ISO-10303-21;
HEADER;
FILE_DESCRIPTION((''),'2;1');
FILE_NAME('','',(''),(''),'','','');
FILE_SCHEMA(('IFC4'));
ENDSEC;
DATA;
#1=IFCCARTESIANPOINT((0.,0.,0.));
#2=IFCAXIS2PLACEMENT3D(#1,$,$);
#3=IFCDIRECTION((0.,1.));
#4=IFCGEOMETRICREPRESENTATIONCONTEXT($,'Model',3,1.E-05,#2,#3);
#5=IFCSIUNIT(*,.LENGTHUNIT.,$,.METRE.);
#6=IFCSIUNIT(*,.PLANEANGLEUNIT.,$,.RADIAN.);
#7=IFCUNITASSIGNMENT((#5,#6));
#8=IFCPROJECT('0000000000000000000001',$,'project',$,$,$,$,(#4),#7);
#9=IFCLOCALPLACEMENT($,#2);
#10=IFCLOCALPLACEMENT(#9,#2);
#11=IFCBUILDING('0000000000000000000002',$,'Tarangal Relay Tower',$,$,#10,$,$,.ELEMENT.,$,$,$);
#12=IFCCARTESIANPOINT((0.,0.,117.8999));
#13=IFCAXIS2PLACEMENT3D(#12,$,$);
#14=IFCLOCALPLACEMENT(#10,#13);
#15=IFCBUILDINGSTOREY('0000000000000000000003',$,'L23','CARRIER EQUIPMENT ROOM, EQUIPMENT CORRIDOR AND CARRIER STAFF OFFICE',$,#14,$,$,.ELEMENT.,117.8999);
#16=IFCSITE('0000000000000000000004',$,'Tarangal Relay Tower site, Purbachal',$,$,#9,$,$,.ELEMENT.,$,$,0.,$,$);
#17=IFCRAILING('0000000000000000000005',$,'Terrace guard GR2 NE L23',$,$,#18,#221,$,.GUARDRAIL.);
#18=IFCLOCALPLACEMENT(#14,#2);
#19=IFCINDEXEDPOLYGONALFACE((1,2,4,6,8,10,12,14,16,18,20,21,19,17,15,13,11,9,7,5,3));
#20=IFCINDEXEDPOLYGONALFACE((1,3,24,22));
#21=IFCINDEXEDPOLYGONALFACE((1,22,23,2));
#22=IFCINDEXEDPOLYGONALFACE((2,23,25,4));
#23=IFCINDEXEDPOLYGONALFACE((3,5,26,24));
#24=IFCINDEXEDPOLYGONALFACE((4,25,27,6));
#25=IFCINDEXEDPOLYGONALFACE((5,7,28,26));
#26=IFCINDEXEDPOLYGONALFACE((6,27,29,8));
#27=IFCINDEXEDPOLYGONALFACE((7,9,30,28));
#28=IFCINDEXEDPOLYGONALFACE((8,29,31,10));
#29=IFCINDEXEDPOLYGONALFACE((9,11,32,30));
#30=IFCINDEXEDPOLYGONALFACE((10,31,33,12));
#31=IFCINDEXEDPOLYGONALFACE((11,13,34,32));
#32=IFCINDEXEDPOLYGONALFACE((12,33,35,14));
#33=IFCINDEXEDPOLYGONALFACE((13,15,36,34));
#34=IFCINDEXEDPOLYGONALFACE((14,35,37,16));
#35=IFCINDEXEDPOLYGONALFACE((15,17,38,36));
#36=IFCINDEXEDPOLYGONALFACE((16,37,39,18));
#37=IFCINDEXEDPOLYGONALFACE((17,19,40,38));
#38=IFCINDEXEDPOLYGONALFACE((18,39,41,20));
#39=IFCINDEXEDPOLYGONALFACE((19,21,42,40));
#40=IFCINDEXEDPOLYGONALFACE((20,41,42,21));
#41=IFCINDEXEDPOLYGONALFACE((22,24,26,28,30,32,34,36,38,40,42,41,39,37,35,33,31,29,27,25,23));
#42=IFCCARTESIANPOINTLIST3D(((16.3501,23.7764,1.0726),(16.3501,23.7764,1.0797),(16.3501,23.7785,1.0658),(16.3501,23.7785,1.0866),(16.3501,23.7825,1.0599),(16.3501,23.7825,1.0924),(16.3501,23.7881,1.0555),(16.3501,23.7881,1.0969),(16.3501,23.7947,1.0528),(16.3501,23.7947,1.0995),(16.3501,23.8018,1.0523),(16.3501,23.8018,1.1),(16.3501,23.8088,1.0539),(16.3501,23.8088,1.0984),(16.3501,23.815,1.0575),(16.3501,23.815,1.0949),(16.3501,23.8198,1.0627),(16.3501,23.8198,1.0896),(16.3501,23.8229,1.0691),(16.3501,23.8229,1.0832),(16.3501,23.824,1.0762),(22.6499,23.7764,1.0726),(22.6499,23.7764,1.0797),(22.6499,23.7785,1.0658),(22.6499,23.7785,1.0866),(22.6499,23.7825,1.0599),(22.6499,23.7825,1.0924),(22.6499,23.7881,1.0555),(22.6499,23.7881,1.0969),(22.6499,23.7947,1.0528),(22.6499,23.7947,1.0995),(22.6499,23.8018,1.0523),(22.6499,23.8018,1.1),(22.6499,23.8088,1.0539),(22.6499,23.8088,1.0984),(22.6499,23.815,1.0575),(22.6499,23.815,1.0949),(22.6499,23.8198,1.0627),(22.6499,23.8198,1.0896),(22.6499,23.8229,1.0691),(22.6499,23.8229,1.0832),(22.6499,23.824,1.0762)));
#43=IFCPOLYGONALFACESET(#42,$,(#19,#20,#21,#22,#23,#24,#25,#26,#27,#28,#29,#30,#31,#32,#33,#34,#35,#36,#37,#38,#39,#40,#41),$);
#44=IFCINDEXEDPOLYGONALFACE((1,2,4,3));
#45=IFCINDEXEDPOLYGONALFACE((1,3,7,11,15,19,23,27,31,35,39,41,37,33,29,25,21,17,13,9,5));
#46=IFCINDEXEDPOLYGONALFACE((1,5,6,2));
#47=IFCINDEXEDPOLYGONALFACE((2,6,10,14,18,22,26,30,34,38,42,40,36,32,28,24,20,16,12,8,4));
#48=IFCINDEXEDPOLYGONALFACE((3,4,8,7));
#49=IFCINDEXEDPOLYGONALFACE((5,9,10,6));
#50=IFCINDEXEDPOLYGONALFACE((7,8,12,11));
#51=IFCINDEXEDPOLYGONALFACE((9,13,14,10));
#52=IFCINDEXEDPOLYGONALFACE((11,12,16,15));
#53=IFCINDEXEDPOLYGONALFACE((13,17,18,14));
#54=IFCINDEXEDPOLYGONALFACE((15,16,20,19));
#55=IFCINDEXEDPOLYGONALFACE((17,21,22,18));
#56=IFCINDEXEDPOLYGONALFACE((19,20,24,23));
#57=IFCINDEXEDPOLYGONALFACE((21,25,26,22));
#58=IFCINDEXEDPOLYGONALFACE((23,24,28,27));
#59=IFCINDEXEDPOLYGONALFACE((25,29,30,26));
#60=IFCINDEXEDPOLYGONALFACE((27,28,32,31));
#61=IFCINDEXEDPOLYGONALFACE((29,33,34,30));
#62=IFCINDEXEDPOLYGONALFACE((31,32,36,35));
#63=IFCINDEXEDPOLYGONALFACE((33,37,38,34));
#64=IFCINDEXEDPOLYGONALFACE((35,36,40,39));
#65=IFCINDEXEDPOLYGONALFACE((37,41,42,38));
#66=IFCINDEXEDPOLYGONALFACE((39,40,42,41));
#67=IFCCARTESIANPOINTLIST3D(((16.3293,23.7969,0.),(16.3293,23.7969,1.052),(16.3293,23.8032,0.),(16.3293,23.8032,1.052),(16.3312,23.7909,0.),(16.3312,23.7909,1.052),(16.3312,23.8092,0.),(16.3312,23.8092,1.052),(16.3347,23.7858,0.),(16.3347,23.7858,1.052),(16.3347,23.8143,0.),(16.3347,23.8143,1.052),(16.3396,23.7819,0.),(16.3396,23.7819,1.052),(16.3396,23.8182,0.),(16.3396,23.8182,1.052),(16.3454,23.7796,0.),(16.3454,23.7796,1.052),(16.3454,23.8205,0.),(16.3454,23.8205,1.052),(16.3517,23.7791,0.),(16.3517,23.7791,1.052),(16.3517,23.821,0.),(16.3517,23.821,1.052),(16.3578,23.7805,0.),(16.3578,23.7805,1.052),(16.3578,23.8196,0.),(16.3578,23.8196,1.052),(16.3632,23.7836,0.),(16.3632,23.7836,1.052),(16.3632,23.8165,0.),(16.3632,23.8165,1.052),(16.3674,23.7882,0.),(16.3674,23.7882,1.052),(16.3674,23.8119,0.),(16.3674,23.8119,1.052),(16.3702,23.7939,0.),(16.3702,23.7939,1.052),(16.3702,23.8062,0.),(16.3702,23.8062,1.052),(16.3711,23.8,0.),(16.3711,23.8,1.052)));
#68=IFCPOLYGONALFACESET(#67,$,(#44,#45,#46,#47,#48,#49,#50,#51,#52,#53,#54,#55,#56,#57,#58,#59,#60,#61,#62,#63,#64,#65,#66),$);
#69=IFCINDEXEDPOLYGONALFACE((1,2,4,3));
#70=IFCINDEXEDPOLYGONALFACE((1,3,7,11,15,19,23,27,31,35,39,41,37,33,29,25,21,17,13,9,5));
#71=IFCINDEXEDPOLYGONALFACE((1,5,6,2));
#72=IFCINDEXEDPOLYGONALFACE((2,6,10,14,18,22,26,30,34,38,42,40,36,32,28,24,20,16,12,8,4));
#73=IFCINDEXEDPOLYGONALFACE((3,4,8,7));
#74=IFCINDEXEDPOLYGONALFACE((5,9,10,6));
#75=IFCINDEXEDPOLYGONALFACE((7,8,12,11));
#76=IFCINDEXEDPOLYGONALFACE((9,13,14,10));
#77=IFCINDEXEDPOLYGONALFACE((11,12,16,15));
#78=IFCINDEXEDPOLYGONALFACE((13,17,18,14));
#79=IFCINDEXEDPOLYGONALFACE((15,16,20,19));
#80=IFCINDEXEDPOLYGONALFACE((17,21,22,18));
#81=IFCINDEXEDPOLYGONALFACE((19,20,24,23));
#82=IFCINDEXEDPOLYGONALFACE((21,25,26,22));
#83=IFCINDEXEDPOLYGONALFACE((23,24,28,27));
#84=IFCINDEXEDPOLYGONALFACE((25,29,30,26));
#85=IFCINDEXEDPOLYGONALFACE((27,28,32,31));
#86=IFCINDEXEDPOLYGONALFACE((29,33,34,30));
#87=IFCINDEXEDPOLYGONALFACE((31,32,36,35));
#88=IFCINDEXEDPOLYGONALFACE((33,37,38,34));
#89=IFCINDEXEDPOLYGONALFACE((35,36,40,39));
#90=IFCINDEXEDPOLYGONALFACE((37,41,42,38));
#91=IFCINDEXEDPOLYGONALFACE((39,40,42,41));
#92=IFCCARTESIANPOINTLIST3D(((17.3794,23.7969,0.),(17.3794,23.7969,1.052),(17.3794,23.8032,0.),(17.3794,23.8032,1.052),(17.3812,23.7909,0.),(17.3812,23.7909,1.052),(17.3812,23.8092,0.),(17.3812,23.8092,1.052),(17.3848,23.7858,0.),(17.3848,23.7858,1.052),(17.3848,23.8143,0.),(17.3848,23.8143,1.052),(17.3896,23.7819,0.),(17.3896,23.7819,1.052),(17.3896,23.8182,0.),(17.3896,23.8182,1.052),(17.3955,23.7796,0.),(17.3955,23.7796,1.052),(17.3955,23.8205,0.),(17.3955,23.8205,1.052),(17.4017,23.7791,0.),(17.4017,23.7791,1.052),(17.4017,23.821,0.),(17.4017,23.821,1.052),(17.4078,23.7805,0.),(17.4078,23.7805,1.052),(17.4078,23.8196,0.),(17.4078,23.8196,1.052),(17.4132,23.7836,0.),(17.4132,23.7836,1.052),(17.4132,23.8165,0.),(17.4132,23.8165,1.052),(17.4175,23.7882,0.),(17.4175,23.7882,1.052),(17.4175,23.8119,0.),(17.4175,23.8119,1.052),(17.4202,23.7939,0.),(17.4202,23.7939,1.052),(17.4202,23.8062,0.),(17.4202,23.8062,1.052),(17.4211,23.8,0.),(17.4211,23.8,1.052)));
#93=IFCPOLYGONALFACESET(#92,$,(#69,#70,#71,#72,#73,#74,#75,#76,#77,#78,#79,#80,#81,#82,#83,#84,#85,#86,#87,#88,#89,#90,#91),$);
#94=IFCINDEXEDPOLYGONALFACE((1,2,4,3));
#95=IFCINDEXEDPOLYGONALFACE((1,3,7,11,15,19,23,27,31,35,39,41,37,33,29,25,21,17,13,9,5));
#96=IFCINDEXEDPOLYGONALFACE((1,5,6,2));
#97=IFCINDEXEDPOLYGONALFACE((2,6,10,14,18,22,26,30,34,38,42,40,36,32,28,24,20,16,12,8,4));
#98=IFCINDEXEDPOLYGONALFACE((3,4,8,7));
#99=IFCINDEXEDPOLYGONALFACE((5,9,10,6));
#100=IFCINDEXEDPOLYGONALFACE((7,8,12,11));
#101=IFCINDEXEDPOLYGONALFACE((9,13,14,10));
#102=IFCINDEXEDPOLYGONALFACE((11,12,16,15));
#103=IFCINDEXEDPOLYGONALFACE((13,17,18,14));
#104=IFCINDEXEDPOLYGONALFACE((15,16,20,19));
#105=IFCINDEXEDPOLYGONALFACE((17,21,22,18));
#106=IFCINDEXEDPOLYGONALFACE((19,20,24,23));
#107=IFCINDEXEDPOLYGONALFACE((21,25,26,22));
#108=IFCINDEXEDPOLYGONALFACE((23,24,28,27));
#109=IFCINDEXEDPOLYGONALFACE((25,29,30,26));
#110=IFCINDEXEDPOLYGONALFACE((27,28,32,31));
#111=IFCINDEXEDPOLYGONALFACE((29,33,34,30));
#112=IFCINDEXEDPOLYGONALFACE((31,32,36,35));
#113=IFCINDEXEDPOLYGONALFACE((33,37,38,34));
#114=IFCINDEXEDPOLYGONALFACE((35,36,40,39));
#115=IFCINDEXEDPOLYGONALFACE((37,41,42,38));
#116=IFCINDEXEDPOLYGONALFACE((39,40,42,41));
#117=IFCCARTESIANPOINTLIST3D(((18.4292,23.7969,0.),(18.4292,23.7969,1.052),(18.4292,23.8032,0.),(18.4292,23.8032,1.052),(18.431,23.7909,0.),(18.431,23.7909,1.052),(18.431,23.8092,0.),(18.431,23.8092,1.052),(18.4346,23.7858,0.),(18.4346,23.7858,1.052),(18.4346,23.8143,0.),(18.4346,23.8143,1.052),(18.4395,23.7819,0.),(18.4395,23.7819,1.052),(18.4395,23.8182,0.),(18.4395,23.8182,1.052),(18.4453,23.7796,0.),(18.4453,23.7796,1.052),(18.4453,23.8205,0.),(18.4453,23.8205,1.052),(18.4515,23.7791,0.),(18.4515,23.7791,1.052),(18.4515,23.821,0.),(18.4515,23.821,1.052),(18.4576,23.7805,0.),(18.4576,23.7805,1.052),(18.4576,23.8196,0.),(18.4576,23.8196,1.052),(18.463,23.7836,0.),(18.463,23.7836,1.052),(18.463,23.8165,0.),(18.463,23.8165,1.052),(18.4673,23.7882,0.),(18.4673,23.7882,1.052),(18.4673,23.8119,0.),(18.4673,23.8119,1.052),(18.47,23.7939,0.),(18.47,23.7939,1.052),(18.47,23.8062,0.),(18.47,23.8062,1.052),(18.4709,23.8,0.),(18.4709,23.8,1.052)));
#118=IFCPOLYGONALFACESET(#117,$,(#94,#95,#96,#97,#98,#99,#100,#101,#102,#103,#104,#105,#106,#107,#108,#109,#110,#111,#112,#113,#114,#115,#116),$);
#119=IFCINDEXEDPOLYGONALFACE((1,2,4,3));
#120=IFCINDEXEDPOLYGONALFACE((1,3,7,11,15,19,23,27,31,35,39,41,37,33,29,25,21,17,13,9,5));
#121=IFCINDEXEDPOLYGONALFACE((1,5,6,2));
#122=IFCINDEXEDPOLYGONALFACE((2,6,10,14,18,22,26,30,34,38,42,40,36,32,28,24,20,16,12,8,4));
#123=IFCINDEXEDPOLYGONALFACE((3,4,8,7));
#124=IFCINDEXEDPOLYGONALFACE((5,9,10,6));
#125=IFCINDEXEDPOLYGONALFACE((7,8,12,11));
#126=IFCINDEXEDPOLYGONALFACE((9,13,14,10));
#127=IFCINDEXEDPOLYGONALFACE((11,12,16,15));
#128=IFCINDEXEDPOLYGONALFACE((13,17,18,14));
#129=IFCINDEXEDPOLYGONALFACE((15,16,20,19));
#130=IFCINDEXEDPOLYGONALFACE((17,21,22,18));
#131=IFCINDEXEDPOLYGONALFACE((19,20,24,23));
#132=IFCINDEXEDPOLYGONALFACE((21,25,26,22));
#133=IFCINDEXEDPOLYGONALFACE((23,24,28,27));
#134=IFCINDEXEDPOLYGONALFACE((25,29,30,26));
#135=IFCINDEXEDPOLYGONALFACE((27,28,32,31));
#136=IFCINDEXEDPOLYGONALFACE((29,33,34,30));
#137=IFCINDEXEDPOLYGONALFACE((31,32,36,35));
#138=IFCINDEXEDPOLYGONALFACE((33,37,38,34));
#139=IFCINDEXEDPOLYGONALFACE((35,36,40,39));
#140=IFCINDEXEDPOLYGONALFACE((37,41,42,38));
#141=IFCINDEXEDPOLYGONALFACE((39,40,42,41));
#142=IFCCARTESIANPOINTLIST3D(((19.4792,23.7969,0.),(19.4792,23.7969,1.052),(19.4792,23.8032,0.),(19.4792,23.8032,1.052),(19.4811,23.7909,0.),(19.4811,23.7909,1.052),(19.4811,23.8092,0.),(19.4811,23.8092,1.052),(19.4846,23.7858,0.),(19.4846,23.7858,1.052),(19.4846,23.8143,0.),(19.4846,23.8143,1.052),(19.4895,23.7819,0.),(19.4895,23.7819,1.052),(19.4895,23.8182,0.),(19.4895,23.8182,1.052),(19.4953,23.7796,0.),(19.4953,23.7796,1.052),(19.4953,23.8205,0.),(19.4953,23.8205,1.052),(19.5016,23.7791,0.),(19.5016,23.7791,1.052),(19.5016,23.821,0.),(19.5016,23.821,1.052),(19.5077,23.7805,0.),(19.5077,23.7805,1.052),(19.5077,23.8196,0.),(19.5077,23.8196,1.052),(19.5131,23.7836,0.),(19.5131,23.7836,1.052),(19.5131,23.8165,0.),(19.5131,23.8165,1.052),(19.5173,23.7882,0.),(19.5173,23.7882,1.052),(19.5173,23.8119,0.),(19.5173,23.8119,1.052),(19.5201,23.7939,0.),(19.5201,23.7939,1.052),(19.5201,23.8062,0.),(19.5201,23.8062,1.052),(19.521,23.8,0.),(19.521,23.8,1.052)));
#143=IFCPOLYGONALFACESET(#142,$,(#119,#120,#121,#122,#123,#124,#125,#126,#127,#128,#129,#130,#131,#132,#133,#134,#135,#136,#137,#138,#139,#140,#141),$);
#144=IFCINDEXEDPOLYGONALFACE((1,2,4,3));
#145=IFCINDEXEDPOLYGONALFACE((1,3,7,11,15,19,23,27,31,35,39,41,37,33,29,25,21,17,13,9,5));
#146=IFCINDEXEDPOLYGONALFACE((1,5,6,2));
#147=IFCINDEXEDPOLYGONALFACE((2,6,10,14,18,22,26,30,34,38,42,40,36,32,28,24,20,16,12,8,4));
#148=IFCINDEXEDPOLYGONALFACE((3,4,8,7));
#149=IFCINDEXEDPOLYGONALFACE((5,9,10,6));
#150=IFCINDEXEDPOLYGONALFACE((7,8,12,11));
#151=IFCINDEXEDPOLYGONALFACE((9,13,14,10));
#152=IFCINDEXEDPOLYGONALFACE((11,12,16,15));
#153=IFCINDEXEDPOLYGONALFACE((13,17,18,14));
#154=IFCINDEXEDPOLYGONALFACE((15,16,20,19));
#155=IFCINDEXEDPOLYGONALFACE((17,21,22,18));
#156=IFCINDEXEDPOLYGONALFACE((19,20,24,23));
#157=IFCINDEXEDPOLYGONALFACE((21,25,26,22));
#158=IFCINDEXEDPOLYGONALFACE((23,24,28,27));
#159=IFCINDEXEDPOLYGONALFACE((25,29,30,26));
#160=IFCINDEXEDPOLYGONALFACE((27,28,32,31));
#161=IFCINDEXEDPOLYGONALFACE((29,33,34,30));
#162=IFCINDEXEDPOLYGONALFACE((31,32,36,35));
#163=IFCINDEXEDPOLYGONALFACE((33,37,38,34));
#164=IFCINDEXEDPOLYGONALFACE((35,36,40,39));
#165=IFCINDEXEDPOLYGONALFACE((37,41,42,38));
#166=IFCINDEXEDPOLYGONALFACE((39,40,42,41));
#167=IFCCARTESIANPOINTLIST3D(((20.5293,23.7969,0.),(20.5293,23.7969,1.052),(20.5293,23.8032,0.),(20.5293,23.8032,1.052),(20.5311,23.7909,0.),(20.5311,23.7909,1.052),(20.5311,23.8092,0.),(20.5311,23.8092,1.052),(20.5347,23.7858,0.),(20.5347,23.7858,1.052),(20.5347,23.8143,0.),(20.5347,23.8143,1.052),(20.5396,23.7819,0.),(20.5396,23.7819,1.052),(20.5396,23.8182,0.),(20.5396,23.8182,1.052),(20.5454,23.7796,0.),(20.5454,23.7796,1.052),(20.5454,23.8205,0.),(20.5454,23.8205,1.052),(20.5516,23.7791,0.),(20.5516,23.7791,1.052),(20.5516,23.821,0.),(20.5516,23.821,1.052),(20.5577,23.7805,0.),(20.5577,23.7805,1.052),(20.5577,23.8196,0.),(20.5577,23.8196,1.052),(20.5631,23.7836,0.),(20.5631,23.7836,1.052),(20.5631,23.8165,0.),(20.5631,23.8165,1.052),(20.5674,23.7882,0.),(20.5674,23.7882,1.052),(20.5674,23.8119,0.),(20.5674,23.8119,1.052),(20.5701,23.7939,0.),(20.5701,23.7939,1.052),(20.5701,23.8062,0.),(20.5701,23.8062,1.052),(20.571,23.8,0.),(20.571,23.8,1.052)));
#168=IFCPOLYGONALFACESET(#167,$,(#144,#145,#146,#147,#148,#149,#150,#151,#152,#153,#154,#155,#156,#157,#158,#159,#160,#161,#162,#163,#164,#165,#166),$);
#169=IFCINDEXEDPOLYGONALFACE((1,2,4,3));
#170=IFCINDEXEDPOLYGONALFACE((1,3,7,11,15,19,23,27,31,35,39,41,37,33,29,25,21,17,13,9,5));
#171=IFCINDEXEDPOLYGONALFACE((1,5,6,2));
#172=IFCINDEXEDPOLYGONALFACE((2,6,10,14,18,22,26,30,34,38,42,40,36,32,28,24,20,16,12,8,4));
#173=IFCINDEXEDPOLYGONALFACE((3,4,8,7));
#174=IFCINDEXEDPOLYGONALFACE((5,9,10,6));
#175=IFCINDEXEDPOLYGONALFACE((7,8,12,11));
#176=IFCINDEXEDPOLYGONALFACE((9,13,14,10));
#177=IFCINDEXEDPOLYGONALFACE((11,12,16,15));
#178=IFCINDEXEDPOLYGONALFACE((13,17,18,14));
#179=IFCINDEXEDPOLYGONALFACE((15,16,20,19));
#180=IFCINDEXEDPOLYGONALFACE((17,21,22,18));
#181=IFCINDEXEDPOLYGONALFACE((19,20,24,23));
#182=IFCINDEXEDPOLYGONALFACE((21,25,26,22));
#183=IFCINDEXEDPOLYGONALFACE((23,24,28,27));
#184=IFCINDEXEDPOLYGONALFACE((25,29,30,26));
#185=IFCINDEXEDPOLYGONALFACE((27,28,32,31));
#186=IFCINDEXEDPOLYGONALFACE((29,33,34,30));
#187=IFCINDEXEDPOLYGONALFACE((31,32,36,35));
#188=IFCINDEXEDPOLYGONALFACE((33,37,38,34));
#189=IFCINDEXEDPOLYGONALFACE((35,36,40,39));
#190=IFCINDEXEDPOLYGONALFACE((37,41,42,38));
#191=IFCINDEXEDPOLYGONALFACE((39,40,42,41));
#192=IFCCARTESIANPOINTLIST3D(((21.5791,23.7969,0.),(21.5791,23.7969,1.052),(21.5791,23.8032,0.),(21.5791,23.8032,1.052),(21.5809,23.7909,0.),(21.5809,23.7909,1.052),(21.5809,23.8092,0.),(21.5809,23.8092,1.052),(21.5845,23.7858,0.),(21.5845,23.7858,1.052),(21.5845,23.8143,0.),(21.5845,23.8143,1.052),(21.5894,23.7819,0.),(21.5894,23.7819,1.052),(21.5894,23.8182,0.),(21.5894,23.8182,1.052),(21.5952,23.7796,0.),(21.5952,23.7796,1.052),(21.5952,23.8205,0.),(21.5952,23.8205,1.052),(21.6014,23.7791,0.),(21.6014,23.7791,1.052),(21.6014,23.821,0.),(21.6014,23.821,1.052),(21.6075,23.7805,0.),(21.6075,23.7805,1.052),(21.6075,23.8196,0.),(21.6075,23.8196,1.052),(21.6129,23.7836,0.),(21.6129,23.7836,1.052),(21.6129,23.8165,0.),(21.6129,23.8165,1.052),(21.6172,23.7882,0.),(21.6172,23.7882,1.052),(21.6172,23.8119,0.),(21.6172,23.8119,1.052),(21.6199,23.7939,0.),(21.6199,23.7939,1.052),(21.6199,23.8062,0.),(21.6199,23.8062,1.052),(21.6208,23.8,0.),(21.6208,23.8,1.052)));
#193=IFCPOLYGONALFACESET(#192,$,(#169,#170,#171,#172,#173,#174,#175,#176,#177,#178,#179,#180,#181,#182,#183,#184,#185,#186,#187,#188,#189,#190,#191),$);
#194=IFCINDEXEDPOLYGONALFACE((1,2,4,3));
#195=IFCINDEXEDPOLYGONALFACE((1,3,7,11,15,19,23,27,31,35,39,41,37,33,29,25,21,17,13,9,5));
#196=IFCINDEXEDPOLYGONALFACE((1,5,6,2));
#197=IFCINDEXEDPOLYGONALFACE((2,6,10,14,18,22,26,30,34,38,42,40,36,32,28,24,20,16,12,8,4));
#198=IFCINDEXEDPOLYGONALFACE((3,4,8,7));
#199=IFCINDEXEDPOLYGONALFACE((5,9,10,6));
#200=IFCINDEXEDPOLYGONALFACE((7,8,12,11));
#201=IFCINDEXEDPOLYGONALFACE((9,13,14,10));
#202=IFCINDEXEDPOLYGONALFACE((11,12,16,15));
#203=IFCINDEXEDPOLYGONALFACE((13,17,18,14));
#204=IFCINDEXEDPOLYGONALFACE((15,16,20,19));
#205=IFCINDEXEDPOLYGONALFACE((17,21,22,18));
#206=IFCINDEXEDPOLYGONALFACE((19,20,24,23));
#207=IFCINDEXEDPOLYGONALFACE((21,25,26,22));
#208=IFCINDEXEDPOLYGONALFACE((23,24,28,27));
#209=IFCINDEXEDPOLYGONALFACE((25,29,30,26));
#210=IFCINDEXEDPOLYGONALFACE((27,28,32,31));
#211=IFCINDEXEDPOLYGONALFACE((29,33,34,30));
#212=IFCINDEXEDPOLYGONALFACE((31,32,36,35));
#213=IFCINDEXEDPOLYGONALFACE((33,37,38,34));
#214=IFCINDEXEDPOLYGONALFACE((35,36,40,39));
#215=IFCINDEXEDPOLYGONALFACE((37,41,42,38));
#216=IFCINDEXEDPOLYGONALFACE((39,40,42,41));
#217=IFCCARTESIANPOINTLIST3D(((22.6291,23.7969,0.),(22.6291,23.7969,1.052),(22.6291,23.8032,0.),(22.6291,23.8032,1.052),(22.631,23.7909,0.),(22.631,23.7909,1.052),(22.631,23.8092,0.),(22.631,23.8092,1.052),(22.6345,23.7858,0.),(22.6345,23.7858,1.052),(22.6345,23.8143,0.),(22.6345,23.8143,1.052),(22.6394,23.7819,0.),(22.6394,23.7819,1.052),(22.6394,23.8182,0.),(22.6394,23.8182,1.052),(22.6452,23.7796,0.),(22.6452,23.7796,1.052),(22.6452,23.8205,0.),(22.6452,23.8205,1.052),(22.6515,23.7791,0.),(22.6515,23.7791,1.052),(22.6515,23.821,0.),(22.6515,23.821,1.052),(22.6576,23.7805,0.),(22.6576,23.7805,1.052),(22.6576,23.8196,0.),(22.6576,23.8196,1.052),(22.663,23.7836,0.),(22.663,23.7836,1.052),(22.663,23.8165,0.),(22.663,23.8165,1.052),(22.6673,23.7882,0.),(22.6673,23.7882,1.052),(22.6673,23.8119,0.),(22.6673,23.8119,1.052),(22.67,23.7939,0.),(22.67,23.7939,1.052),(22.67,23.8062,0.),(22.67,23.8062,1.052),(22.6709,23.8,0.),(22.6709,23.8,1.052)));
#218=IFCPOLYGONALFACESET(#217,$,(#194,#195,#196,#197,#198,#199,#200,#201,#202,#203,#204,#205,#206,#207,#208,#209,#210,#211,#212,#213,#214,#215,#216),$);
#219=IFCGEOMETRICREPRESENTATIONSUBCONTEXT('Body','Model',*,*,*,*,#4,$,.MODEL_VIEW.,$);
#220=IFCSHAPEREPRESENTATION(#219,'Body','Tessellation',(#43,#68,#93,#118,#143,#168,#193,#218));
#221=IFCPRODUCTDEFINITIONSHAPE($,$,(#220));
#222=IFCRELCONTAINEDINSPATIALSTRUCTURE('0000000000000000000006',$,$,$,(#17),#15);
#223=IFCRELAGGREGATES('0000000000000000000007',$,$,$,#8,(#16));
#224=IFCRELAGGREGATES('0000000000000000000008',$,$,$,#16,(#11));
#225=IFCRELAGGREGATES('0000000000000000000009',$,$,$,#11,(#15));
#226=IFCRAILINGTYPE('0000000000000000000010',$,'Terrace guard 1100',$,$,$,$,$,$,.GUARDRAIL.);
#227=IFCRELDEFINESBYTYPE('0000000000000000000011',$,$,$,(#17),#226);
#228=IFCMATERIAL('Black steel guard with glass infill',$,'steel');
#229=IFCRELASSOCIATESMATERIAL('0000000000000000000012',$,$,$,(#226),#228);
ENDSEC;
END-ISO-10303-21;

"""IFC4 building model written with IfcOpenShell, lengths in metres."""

from ifc_helpers import new_model, si_unit, direction, frame, origin, origin_2d, place, context, subcontext, project, spatial, circle, extrude, material, type_object, element, save


model = new_model("IFC4")

# Units and contexts
model_context = context("Model", 3, precision=1e-05, world=origin(), true_north=direction((0.0, 1.0)))
body_context = subcontext(model_context, "Body", "Model", "MODEL_VIEW")
ifc_project = project(units=[si_unit("LENGTHUNIT", "METRE"), si_unit("PLANEANGLEUNIT", "RADIAN")], contexts=[model_context])

# Site, building, storey
site_placement = place(None, origin())
site = spatial("IfcSite", under=ifc_project, at=site_placement, Name="Tarangal Relay Tower site, Purbachal", CompositionType="ELEMENT", RefElevation=0.0)
building_placement = place(site_placement, origin())
building = spatial("IfcBuilding", under=site, at=building_placement, Name="Tarangal Relay Tower", CompositionType="ELEMENT")
storey_placement = place(building_placement, frame((0.0, 0.0, 117.8999)))
storey = spatial("IfcBuildingStorey", under=building, at=storey_placement, Name="L23", Description="CARRIER EQUIPMENT ROOM, EQUIPMENT CORRIDOR AND CARRIER STAFF OFFICE", CompositionType="ELEMENT", Elevation=117.8999)

# Railing
ifc_material_1 = material(Name="Black steel guard with glass infill", Category="steel")
railing_type = type_object("IfcRailingType", Name="Terrace guard 1100", PredefinedType="GUARDRAIL", material=ifc_material_1)
railing_1_placement = place(storey_placement, frame((16.3501, 23.8, 0.0)))
element("IfcRailing", 1, at=railing_1_placement, inside=storey, type_object=railing_type, Name="Terrace guard GR2 NE L23", PredefinedType="GUARDRAIL", context=body_context, shape_type="SweptSolid", body=[
    extrude(circle(Radius=0.0239, at=origin_2d()), frame((0.0, 0.0, 1.0762), z_axis=(1.0, 0.0, 0.0), x_axis=(0.0, 1.0, 0.0)), (0.0, 0.0, 1.0), 6.2998),
    extrude(circle(Radius=0.021, at=origin_2d()), origin(), (0.0, 0.0, 1.0), 1.052),
    extrude(circle(Radius=0.021, at=origin_2d()), frame((1.05, 0.0, 0.0)), (0.0, 0.0, 1.0), 1.052),
    extrude(circle(Radius=0.021, at=origin_2d()), frame((2.0999, 0.0, 0.0)), (0.0, 0.0, 1.0), 1.052),
    extrude(circle(Radius=0.021, at=origin_2d()), frame((3.1499, 0.0, 0.0)), (0.0, 0.0, 1.0), 1.052),
    extrude(circle(Radius=0.021, at=origin_2d()), frame((4.2, 0.0, 0.0)), (0.0, 0.0, 1.0), 1.052),
    extrude(circle(Radius=0.021, at=origin_2d()), frame((5.2498, 0.0, 0.0)), (0.0, 0.0, 1.0), 1.052),
    extrude(circle(Radius=0.021, at=origin_2d()), frame((6.2998, 0.0, 0.0)), (0.0, 0.0, 1.0), 1.052),
])

save(model, "model.ifc")
